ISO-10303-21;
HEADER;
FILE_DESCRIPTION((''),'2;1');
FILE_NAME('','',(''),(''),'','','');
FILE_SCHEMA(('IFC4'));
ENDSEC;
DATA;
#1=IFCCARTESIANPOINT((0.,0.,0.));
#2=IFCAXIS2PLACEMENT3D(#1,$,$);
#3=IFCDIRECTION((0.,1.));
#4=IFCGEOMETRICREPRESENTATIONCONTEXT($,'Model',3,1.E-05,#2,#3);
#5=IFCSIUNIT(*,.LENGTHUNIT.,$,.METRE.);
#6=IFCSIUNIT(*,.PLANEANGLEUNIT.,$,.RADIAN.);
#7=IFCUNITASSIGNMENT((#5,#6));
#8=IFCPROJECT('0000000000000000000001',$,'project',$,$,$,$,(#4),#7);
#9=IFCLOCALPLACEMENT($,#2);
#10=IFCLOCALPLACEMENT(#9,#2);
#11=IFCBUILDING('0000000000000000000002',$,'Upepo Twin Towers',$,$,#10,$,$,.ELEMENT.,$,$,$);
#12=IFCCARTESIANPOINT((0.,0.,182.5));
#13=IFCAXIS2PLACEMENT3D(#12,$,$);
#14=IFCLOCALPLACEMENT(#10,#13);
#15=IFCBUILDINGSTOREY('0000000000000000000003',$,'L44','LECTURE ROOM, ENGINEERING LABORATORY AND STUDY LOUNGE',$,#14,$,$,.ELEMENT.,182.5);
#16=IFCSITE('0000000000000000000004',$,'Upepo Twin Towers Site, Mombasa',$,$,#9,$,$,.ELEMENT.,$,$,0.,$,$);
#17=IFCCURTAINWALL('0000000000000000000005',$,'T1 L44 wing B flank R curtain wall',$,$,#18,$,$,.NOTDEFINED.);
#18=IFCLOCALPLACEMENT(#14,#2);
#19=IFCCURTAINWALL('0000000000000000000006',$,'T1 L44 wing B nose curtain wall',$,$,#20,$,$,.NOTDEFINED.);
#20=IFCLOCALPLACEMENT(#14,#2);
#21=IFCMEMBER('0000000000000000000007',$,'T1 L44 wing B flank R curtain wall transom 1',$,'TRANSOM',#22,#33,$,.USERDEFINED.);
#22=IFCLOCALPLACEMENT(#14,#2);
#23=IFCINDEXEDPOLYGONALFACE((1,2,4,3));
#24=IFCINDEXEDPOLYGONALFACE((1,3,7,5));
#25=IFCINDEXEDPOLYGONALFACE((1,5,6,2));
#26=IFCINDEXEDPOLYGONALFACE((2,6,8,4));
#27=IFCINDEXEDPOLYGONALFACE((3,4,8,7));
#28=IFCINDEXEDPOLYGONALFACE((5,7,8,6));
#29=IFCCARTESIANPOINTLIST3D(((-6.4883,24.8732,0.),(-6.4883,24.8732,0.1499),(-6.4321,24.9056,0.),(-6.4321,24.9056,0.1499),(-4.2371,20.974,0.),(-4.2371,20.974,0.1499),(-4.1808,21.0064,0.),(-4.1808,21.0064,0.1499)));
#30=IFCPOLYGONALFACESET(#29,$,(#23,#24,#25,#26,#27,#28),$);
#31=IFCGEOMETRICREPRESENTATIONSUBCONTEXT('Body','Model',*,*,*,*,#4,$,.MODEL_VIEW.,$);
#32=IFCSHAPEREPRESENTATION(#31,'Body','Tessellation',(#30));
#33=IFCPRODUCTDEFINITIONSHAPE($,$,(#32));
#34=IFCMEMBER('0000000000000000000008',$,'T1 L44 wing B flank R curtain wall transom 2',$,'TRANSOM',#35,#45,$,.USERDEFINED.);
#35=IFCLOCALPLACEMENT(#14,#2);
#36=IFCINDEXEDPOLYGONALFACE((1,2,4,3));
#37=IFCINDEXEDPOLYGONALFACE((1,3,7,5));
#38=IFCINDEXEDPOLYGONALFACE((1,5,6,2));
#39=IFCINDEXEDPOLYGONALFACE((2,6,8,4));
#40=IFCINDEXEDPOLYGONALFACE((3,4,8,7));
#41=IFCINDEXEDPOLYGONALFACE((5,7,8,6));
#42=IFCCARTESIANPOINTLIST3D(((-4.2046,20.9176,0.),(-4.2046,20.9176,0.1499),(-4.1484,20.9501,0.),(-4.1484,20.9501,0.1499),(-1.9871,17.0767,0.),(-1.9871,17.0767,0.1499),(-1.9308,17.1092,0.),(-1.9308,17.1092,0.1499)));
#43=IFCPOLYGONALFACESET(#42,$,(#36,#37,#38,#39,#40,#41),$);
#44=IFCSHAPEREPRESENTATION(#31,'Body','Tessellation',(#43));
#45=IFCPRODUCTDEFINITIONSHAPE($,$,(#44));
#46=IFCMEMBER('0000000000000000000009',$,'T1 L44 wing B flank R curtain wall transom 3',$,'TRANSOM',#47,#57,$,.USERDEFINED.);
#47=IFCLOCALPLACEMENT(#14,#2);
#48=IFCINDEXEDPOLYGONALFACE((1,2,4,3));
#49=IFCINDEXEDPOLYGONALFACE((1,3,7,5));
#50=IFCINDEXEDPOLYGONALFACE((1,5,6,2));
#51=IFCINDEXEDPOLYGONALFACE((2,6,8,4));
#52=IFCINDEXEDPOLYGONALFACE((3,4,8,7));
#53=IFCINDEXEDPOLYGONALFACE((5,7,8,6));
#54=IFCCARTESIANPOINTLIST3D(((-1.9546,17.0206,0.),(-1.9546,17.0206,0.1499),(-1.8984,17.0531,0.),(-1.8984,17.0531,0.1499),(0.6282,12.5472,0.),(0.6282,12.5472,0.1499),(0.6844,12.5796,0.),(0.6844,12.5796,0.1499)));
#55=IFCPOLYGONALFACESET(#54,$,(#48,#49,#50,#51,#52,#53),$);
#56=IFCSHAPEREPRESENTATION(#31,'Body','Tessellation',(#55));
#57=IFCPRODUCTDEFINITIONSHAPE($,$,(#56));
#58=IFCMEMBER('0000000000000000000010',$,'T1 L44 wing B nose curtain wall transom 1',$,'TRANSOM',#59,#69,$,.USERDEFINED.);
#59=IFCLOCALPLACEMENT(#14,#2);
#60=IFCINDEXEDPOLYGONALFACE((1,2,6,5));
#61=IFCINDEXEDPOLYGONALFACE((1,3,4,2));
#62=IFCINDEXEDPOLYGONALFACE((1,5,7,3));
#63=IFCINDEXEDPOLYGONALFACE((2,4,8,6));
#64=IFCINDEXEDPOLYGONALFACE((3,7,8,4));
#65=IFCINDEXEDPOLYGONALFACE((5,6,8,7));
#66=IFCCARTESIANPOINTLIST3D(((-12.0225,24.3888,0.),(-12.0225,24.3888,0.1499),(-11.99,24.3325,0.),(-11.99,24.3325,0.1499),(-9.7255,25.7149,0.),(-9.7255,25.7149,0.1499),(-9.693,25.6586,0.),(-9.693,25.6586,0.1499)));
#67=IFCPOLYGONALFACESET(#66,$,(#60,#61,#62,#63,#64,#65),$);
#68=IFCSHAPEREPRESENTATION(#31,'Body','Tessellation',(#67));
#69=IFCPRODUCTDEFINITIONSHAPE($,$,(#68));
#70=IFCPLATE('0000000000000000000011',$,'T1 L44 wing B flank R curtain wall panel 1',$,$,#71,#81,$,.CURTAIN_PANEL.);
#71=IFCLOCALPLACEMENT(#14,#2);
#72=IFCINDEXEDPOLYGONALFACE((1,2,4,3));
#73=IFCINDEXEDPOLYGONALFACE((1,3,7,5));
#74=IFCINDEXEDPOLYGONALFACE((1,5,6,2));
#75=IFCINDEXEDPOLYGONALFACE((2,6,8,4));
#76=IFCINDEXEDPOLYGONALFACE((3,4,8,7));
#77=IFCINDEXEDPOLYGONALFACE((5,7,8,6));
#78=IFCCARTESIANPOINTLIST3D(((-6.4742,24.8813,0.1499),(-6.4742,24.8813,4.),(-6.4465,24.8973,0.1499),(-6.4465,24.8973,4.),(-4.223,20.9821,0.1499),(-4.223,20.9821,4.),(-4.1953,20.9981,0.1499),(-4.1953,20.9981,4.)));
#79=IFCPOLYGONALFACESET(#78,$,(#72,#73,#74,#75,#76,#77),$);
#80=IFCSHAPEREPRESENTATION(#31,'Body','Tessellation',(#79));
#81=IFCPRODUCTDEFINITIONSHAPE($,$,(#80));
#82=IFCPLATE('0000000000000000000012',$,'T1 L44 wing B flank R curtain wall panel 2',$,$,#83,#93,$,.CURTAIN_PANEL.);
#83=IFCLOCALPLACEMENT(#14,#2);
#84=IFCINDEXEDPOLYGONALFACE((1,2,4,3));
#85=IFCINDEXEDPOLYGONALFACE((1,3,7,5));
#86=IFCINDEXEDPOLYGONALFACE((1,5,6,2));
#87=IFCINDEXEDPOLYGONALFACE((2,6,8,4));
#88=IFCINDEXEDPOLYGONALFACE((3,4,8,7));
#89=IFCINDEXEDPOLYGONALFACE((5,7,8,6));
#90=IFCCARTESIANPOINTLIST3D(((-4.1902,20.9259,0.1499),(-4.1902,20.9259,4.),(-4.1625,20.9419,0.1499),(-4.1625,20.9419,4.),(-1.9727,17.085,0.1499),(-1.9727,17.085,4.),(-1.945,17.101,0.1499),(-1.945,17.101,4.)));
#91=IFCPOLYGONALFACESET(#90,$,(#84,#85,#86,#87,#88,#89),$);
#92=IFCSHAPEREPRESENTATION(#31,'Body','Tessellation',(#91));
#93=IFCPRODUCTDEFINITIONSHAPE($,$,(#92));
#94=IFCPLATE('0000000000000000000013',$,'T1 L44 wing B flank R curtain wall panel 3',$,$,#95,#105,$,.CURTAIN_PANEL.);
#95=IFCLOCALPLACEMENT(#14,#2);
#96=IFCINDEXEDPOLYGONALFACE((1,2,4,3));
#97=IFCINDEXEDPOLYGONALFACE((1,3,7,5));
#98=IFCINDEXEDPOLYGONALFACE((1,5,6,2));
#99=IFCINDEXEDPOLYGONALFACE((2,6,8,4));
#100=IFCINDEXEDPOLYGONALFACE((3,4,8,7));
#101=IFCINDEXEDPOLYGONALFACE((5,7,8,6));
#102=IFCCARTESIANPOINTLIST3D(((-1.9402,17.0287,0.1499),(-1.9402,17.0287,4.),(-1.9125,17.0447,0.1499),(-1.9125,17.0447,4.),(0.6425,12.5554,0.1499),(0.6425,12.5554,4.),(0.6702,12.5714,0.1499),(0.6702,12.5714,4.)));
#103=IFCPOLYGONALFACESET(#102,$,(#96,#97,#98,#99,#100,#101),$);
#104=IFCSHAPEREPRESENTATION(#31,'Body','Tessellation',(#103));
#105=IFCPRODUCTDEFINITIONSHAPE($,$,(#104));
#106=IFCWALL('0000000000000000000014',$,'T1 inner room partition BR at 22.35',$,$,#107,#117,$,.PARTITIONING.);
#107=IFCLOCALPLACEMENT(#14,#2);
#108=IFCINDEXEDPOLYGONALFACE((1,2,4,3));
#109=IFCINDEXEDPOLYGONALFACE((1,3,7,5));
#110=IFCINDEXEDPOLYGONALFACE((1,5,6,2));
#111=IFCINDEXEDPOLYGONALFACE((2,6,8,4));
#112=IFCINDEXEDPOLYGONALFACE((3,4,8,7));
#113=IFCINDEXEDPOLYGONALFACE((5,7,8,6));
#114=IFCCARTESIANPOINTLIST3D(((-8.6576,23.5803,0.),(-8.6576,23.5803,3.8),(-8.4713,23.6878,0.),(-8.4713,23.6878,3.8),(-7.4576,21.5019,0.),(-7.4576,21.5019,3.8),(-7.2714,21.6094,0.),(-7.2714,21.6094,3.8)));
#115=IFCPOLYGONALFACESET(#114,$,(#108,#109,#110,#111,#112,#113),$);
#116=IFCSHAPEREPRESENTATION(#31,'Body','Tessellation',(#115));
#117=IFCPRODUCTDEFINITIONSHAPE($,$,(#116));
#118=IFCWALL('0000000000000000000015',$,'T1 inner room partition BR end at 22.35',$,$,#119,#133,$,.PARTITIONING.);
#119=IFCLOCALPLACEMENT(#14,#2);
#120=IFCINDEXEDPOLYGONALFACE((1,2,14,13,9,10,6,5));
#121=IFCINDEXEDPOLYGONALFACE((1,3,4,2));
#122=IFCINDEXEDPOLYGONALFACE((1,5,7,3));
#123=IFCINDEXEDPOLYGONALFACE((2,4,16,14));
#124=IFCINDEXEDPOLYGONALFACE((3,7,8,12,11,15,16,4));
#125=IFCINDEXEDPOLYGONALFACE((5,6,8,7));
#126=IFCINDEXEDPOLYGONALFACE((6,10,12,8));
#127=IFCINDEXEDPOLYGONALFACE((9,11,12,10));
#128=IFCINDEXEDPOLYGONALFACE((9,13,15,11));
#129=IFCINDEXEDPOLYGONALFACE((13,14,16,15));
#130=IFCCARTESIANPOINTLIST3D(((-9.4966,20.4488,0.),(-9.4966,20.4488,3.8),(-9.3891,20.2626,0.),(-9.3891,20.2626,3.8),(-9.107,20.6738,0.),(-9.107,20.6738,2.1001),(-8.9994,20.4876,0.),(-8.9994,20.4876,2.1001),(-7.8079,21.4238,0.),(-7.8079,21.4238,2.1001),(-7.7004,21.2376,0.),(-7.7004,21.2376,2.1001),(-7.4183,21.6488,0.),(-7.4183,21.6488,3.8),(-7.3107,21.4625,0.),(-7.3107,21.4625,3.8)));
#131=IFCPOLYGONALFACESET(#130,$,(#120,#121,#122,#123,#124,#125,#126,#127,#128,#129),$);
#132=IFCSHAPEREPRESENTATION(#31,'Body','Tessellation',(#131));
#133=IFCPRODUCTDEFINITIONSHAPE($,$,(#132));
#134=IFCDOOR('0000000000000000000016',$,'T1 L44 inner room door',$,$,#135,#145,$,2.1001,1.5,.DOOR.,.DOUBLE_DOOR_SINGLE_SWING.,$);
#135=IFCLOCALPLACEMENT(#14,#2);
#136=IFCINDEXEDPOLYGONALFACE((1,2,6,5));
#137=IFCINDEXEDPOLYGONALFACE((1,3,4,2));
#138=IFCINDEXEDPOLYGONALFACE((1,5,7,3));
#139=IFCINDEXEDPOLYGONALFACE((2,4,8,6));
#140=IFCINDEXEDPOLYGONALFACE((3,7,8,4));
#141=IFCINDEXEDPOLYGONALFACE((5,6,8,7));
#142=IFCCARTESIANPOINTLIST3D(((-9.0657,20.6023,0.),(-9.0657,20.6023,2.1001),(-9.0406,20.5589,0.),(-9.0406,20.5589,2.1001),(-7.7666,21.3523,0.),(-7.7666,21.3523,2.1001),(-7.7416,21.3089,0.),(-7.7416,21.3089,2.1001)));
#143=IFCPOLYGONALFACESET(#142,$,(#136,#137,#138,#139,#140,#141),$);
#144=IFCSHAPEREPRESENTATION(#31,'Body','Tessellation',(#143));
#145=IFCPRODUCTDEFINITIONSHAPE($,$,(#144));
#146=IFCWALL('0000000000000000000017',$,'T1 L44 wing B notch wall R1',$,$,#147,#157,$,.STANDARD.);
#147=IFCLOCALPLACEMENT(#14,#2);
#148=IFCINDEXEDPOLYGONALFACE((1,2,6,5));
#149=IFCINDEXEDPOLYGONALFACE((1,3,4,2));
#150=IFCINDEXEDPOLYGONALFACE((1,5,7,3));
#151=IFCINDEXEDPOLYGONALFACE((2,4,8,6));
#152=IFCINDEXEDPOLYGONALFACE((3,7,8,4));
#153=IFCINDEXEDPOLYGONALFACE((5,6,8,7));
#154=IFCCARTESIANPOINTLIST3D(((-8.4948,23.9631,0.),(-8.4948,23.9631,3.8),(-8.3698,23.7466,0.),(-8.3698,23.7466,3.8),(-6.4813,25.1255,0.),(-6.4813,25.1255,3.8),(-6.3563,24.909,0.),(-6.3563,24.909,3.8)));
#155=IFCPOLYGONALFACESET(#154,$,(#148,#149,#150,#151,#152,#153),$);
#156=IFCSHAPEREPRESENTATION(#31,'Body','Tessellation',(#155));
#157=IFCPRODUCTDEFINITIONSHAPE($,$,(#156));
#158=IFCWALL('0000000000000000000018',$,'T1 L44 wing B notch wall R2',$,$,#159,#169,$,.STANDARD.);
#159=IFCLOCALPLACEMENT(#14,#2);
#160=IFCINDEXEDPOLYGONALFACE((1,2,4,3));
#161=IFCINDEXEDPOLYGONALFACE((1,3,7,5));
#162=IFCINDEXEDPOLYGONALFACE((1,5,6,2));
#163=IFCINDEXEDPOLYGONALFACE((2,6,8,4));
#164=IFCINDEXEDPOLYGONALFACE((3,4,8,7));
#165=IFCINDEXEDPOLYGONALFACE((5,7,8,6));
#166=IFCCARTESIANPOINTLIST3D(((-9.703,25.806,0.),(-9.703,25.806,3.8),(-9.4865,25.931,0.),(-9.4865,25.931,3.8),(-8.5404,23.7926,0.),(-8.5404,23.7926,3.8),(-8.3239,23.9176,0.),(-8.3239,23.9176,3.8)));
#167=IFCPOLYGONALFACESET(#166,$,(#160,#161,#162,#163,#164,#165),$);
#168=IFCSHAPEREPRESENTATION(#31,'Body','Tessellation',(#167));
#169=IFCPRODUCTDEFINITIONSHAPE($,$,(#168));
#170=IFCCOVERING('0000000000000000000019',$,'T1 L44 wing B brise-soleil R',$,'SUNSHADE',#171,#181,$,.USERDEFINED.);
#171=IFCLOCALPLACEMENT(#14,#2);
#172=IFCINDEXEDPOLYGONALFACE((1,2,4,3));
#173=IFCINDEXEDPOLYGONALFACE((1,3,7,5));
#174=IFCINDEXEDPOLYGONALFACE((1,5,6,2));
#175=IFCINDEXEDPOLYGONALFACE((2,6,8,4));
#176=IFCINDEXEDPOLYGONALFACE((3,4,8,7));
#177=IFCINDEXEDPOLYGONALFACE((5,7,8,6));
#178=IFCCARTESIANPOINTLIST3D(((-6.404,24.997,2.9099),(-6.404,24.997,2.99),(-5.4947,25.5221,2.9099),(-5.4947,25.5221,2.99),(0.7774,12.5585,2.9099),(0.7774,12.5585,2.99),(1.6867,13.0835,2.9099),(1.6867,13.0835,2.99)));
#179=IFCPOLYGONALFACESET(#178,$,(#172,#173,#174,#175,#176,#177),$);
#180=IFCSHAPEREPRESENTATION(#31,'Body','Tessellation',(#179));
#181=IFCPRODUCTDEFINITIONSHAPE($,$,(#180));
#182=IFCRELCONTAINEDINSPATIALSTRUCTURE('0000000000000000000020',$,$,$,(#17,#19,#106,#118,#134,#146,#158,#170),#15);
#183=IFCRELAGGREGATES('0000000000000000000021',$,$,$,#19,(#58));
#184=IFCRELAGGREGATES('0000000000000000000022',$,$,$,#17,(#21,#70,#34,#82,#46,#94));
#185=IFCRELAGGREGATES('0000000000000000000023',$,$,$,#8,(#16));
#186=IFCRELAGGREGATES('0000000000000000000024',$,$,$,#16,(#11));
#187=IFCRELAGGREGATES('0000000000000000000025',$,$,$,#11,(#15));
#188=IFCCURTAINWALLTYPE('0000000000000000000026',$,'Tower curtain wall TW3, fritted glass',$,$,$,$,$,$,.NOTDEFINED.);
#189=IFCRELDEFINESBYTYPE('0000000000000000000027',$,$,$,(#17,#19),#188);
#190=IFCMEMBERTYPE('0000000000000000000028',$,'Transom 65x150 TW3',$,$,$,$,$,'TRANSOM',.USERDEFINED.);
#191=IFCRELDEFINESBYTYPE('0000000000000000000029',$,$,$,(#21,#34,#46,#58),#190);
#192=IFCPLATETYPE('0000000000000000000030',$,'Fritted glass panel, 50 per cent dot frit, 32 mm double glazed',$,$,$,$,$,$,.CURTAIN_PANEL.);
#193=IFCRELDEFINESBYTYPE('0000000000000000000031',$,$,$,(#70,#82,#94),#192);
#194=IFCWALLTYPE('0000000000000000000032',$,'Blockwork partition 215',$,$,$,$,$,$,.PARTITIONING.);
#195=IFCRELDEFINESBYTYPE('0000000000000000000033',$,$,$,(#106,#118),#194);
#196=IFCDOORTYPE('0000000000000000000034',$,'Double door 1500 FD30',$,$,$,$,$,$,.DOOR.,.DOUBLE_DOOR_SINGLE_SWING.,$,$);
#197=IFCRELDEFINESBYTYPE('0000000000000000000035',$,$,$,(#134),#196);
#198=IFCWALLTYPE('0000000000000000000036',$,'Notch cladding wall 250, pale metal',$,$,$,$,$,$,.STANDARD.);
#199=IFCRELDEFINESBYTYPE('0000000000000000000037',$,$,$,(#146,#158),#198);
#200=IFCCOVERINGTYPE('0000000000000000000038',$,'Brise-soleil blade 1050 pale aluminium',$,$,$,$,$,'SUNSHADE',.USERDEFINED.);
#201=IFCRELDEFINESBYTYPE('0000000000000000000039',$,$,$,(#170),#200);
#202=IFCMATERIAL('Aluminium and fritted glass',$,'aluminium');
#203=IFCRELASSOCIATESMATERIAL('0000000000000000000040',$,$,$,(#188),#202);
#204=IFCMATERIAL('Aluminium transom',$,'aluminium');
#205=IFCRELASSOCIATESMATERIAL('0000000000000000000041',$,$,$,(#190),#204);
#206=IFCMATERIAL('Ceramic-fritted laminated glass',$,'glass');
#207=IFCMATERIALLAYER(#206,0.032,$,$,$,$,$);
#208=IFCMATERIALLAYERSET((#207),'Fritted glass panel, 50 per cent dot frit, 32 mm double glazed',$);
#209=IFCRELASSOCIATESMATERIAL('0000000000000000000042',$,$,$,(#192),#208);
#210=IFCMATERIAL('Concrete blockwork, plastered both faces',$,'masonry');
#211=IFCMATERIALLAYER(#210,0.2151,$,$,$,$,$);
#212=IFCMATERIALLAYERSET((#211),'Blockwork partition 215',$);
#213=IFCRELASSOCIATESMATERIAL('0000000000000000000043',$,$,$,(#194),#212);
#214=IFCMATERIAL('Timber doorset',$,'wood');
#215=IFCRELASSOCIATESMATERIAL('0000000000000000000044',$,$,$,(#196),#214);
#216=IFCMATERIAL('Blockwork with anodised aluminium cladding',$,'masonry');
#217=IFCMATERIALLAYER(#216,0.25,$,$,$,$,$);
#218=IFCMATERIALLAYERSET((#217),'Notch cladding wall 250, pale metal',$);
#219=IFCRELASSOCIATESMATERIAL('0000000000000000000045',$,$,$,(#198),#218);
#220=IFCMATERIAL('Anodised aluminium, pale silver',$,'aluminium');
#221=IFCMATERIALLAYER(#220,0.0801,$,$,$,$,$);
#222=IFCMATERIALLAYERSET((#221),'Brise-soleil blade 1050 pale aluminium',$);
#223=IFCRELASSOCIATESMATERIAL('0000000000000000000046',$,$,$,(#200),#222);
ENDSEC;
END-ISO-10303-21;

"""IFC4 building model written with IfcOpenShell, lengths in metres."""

from ifc_helpers import new_model, si_unit, direction, frame, frame_2d, origin, origin_2d, place, context, subcontext, project, spatial, rectangle, extrude, material, layer, layer_set, material_profile, profile_set, type_object, element, fill, aggregate, save


model = new_model("IFC4")

# Units and contexts
model_context = context("Model", 3, precision=1e-05, world=origin(), true_north=direction((0.0, 1.0)))
body_context = subcontext(model_context, "Body", "Model", "MODEL_VIEW")
ifc_project = project(units=[si_unit("LENGTHUNIT", "METRE"), si_unit("PLANEANGLEUNIT", "RADIAN")], contexts=[model_context])

# Site, building, storey
site_placement = place(None, origin())
site = spatial("IfcSite", under=ifc_project, at=site_placement, Name="Upepo Twin Towers Site, Mombasa", CompositionType="ELEMENT", RefElevation=0.0)
building_placement = place(site_placement, origin())
building = spatial("IfcBuilding", under=site, at=building_placement, Name="Upepo Twin Towers", CompositionType="ELEMENT")
storey_placement = place(building_placement, frame((0.0, 0.0, 182.5)))
storey = spatial("IfcBuildingStorey", under=building, at=storey_placement, Name="L44", Description="LECTURE ROOM, ENGINEERING LABORATORY AND STUDY LOUNGE", CompositionType="ELEMENT", Elevation=182.5)

# Curtain wall
ifc_material_1 = material(Name="Aluminium and fritted glass", Category="aluminium")
curtain_wall_type = type_object("IfcCurtainWallType", Name="Tower curtain wall TW3, fritted glass", PredefinedType="NOTDEFINED", material=ifc_material_1)
curtain_wall_1_placement = place(storey_placement, origin())
curtain_wall_1 = element("IfcCurtainWall", 1, at=curtain_wall_1_placement, inside=storey, type_object=curtain_wall_type, Name="T1 L44 wing B flank R curtain wall", PredefinedType="NOTDEFINED")

# Curtain wall
curtain_wall_2_placement = place(storey_placement, origin())
curtain_wall_2 = element("IfcCurtainWall", 2, at=curtain_wall_2_placement, inside=storey, type_object=curtain_wall_type, Name="T1 L44 wing B nose curtain wall", PredefinedType="NOTDEFINED")

# Members
ifc_material_2 = material(Name="Aluminium transom", Category="aluminium")
ifc_material_profile_1 = material_profile(ifc_material_2, rectangle(XDim=0.0649, YDim=0.1499, at=origin_2d()), Name="TRANSOM 65x150")
ifc_profile_set_1 = profile_set([ifc_material_profile_1], Name="Aluminium transom")
member_type_1 = type_object("IfcMemberType", Name="Transom 65x150 TW3", ElementType="TRANSOM", PredefinedType="USERDEFINED", material=ifc_profile_set_1)
member_1_placement = place(storey_placement, frame((-6.4602, 24.8894, 0.075), z_axis=(0.500006, -0.866022, 0.0), x_axis=(0.866022, 0.500006, 0.0)))
member_1 = element("IfcMember", 3, at=member_1_placement, type_object=member_type_1, Name="T1 L44 wing B flank R curtain wall transom 1", ObjectType="TRANSOM", PredefinedType="USERDEFINED", context=body_context, shape_type="SweptSolid", body=[
    extrude(rectangle(XDim=0.0649, YDim=0.1499, at=origin_2d()), origin(), (0.0, 0.0, 1.0), 4.5024),
])
member_2_placement = place(storey_placement, frame((-4.1765, 20.9338, 0.075), z_axis=(0.500005, -0.866022, 0.0), x_axis=(0.866022, 0.500005, 0.0)))
member_2 = element("IfcMember", 4, at=member_2_placement, type_object=member_type_1, Name="T1 L44 wing B flank R curtain wall transom 2", ObjectType="TRANSOM", PredefinedType="USERDEFINED", context=body_context, shape_type="SweptSolid", body=[
    extrude(rectangle(XDim=0.0649, YDim=0.1499, at=origin_2d()), origin(), (0.0, 0.0, 1.0), 4.4351),
])
member_3_placement = place(storey_placement, frame((-1.9265, 17.0369, 0.075), z_axis=(0.500007, -0.866021, 0.0), x_axis=(0.866021, 0.500007, 0.0)))
member_3 = element("IfcMember", 5, at=member_3_placement, type_object=member_type_1, Name="T1 L44 wing B flank R curtain wall transom 3", ObjectType="TRANSOM", PredefinedType="USERDEFINED", context=body_context, shape_type="SweptSolid", body=[
    extrude(rectangle(XDim=0.0649, YDim=0.1499, at=origin_2d()), origin(), (0.0, 0.0, 1.0), 5.1655),
])
member_4_placement = place(storey_placement, frame((-9.7092, 25.6868, 0.075), z_axis=(-0.866037, -0.49998, 0.0), x_axis=(0.49998, -0.866037, 0.0)))
member_4 = element("IfcMember", 6, at=member_4_placement, type_object=member_type_1, Name="T1 L44 wing B nose curtain wall transom 1", ObjectType="TRANSOM", PredefinedType="USERDEFINED", context=body_context, shape_type="SweptSolid", body=[
    extrude(rectangle(XDim=0.0649, YDim=0.1499, at=origin_2d()), origin(), (0.0, 0.0, 1.0), 2.6523),
])
aggregate(curtain_wall_2, [member_4])

# Plates
ifc_material_3 = material(Name="Ceramic-fritted laminated glass", Category="glass")
ifc_layer_1 = layer(ifc_material_3, 0.032)
ifc_layer_set_1 = layer_set([ifc_layer_1], Name="Fritted glass panel, 50 per cent dot frit, 32 mm double glazed")
plate_type = type_object("IfcPlateType", Name="Fritted glass panel, 50 per cent dot frit, 32 mm double glazed", PredefinedType="CURTAIN_PANEL", material=ifc_layer_set_1)
plate_1_placement = place(storey_placement, frame((-5.3347, 22.9397, 0.1499), z_axis=(0.0, 0.0, 1.0), x_axis=(0.5, -0.866025, 0.0)))
plate_1 = element("IfcPlate", 7, at=plate_1_placement, type_object=plate_type, Name="T1 L44 wing B flank R curtain wall panel 1", PredefinedType="CURTAIN_PANEL", context=body_context, shape_type="SweptSolid", body=[
    extrude(rectangle(XDim=4.5024, YDim=0.032, at=origin_2d()), origin(), (0.0, 0.0, 1.0), 3.8501),
])
plate_2_placement = place(storey_placement, frame((-3.0676, 19.0134, 0.1499), z_axis=(0.0, 0.0, 1.0), x_axis=(0.5, -0.866025, 0.0)))
plate_2 = element("IfcPlate", 8, at=plate_2_placement, type_object=plate_type, Name="T1 L44 wing B flank R curtain wall panel 2", PredefinedType="CURTAIN_PANEL", context=body_context, shape_type="SweptSolid", body=[
    extrude(rectangle(XDim=4.4351, YDim=0.032, at=origin_2d()), origin(), (0.0, 0.0, 1.0), 3.8501),
])
plate_3_placement = place(storey_placement, frame((-0.635, 14.8, 0.1499), z_axis=(0.0, 0.0, 1.0), x_axis=(0.5, -0.866025, 0.0)))
plate_3 = element("IfcPlate", 9, at=plate_3_placement, type_object=plate_type, Name="T1 L44 wing B flank R curtain wall panel 3", PredefinedType="CURTAIN_PANEL", context=body_context, shape_type="SweptSolid", body=[
    extrude(rectangle(XDim=5.1653, YDim=0.032, at=origin_2d()), origin(), (0.0, 0.0, 1.0), 3.8501),
])
aggregate(curtain_wall_1, [member_1, plate_1, member_2, plate_2, member_3, plate_3])

# Wall
ifc_material_4 = material(Name="Concrete blockwork, plastered both faces", Category="masonry")
ifc_layer_2 = layer(ifc_material_4, 0.2151)
ifc_layer_set_2 = layer_set([ifc_layer_2], Name="Blockwork partition 215")
wall_type_1 = type_object("IfcWallType", Name="Blockwork partition 215", PredefinedType="PARTITIONING", material=ifc_layer_set_2)
wall_1_placement = place(storey_placement, frame((-7.3645, 21.5557, 0.0), z_axis=(0.0, 0.0, 1.0), x_axis=(-0.500001, 0.866025, 0.0)))
element("IfcWall", 10, at=wall_1_placement, inside=storey, type_object=wall_type_1, Name="T1 inner room partition BR at 22.35", PredefinedType="PARTITIONING", context=body_context, shape_type="SweptSolid", body=[
    extrude(rectangle(XDim=2.3999, YDim=0.2151, at=frame_2d((1.2, 0.0))), origin(), (0.0, 0.0, 1.0), 3.8),
])

# Wall, opening, door
wall_2_placement = place(storey_placement, frame((-9.4429, 20.3557, 0.0), z_axis=(0.0, 0.0, 1.0), x_axis=(0.866025, 0.500001, 0.0)))
wall_2 = element("IfcWall", 11, at=wall_2_placement, inside=storey, type_object=wall_type_1, Name="T1 inner room partition BR end at 22.35", PredefinedType="PARTITIONING", context=body_context, shape_type="SweptSolid", body=[
    extrude(rectangle(XDim=2.3999, YDim=0.2151, at=frame_2d((1.2, 0.0))), origin(), (0.0, 0.0, 1.0), 3.8),
])
opening_placement = place(wall_2_placement, frame((0.45, 0.0, 0.0)))
opening = element("IfcOpeningElement", 12, at=opening_placement, cuts=wall_2, PredefinedType="OPENING", context=body_context, shape_type="SweptSolid", body=[
    extrude(rectangle(XDim=1.5, YDim=2.1001, at=frame_2d((0.75, 1.05))), frame((0.0, 0.1174, 0.0), z_axis=(0.0, -1.0, 0.0), x_axis=(1.0, 0.0, 0.0)), (0.0, 0.0, 1.0), 0.2351),
])
ifc_material_5 = material(Name="Timber doorset", Category="wood")
door_type = type_object("IfcDoorType", Name="Double door 1500 FD30", OperationType="DOUBLE_DOOR_SINGLE_SWING", PredefinedType="DOOR", material=ifc_material_5)
door_placement = place(opening_placement, origin())
door = element("IfcDoor", 13, at=door_placement, inside=storey, type_object=door_type, Name="T1 L44 inner room door", OperationType="DOUBLE_DOOR_SINGLE_SWING", OverallHeight=2.1001, OverallWidth=1.5, PredefinedType="DOOR", context=body_context, shape_type="SweptSolid", body=[
    extrude(rectangle(XDim=1.5, YDim=2.1001, at=frame_2d((0.75, 1.05))), frame((0.0, 0.0249, 0.0), z_axis=(0.0, -1.0, 0.0), x_axis=(1.0, 0.0, 0.0)), (0.0, 0.0, 1.0), 0.05),
])
fill(opening, door)

# Walls
ifc_material_6 = material(Name="Blockwork with anodised aluminium cladding", Category="masonry")
ifc_layer_3 = layer(ifc_material_6, 0.25)
ifc_layer_set_3 = layer_set([ifc_layer_3], Name="Notch cladding wall 250, pale metal")
wall_type_2 = type_object("IfcWallType", Name="Notch cladding wall 250, pale metal", PredefinedType="STANDARD", material=ifc_layer_set_3)
for number, where, z_axis, x_axis, name in (
    (14, (-6.4187, 25.0173, 0.0), (0.0, 0.0, 1.0), (-0.866044, -0.499968, 0.0), "T1 L44 wing B notch wall R1"),
    (15, (-8.4321, 23.855, 0.0), (0.0, 0.0, 1.0), (-0.500047, 0.865998, 0.0), "T1 L44 wing B notch wall R2"),
):
    element("IfcWall", number, at=place(storey_placement, frame(where, z_axis=z_axis, x_axis=x_axis)), inside=storey, type_object=wall_type_2, Name=name, PredefinedType="STANDARD", context=body_context, shape_type="SweptSolid", body=[
        extrude(rectangle(XDim=2.325, YDim=0.25, at=frame_2d((1.1626, 0.0))), origin(), (0.0, 0.0, 1.0), 3.8),
    ])

# Covering
ifc_material_7 = material(Name="Anodised aluminium, pale silver", Category="aluminium")
ifc_layer_4 = layer(ifc_material_7, 0.0801)
ifc_layer_set_4 = layer_set([ifc_layer_4], Name="Brise-soleil blade 1050 pale aluminium")
covering_type = type_object("IfcCoveringType", Name="Brise-soleil blade 1050 pale aluminium", ElementType="SUNSHADE", PredefinedType="USERDEFINED", material=ifc_layer_set_4)
covering_placement = place(storey_placement, frame((-2.3586, 19.0403, 2.9099), z_axis=(0.0, 0.0, 1.0), x_axis=(-0.5, 0.866025, 0.0)))
element("IfcCovering", 16, at=covering_placement, inside=storey, type_object=covering_type, Name="T1 L44 wing B brise-soleil R", ObjectType="SUNSHADE", PredefinedType="USERDEFINED", context=body_context, shape_type="SweptSolid", body=[
    extrude(rectangle(XDim=14.3628, YDim=1.05, at=origin_2d()), origin(), (0.0, 0.0, 1.0), 0.0801),
])

save(model, "model.ifc")
